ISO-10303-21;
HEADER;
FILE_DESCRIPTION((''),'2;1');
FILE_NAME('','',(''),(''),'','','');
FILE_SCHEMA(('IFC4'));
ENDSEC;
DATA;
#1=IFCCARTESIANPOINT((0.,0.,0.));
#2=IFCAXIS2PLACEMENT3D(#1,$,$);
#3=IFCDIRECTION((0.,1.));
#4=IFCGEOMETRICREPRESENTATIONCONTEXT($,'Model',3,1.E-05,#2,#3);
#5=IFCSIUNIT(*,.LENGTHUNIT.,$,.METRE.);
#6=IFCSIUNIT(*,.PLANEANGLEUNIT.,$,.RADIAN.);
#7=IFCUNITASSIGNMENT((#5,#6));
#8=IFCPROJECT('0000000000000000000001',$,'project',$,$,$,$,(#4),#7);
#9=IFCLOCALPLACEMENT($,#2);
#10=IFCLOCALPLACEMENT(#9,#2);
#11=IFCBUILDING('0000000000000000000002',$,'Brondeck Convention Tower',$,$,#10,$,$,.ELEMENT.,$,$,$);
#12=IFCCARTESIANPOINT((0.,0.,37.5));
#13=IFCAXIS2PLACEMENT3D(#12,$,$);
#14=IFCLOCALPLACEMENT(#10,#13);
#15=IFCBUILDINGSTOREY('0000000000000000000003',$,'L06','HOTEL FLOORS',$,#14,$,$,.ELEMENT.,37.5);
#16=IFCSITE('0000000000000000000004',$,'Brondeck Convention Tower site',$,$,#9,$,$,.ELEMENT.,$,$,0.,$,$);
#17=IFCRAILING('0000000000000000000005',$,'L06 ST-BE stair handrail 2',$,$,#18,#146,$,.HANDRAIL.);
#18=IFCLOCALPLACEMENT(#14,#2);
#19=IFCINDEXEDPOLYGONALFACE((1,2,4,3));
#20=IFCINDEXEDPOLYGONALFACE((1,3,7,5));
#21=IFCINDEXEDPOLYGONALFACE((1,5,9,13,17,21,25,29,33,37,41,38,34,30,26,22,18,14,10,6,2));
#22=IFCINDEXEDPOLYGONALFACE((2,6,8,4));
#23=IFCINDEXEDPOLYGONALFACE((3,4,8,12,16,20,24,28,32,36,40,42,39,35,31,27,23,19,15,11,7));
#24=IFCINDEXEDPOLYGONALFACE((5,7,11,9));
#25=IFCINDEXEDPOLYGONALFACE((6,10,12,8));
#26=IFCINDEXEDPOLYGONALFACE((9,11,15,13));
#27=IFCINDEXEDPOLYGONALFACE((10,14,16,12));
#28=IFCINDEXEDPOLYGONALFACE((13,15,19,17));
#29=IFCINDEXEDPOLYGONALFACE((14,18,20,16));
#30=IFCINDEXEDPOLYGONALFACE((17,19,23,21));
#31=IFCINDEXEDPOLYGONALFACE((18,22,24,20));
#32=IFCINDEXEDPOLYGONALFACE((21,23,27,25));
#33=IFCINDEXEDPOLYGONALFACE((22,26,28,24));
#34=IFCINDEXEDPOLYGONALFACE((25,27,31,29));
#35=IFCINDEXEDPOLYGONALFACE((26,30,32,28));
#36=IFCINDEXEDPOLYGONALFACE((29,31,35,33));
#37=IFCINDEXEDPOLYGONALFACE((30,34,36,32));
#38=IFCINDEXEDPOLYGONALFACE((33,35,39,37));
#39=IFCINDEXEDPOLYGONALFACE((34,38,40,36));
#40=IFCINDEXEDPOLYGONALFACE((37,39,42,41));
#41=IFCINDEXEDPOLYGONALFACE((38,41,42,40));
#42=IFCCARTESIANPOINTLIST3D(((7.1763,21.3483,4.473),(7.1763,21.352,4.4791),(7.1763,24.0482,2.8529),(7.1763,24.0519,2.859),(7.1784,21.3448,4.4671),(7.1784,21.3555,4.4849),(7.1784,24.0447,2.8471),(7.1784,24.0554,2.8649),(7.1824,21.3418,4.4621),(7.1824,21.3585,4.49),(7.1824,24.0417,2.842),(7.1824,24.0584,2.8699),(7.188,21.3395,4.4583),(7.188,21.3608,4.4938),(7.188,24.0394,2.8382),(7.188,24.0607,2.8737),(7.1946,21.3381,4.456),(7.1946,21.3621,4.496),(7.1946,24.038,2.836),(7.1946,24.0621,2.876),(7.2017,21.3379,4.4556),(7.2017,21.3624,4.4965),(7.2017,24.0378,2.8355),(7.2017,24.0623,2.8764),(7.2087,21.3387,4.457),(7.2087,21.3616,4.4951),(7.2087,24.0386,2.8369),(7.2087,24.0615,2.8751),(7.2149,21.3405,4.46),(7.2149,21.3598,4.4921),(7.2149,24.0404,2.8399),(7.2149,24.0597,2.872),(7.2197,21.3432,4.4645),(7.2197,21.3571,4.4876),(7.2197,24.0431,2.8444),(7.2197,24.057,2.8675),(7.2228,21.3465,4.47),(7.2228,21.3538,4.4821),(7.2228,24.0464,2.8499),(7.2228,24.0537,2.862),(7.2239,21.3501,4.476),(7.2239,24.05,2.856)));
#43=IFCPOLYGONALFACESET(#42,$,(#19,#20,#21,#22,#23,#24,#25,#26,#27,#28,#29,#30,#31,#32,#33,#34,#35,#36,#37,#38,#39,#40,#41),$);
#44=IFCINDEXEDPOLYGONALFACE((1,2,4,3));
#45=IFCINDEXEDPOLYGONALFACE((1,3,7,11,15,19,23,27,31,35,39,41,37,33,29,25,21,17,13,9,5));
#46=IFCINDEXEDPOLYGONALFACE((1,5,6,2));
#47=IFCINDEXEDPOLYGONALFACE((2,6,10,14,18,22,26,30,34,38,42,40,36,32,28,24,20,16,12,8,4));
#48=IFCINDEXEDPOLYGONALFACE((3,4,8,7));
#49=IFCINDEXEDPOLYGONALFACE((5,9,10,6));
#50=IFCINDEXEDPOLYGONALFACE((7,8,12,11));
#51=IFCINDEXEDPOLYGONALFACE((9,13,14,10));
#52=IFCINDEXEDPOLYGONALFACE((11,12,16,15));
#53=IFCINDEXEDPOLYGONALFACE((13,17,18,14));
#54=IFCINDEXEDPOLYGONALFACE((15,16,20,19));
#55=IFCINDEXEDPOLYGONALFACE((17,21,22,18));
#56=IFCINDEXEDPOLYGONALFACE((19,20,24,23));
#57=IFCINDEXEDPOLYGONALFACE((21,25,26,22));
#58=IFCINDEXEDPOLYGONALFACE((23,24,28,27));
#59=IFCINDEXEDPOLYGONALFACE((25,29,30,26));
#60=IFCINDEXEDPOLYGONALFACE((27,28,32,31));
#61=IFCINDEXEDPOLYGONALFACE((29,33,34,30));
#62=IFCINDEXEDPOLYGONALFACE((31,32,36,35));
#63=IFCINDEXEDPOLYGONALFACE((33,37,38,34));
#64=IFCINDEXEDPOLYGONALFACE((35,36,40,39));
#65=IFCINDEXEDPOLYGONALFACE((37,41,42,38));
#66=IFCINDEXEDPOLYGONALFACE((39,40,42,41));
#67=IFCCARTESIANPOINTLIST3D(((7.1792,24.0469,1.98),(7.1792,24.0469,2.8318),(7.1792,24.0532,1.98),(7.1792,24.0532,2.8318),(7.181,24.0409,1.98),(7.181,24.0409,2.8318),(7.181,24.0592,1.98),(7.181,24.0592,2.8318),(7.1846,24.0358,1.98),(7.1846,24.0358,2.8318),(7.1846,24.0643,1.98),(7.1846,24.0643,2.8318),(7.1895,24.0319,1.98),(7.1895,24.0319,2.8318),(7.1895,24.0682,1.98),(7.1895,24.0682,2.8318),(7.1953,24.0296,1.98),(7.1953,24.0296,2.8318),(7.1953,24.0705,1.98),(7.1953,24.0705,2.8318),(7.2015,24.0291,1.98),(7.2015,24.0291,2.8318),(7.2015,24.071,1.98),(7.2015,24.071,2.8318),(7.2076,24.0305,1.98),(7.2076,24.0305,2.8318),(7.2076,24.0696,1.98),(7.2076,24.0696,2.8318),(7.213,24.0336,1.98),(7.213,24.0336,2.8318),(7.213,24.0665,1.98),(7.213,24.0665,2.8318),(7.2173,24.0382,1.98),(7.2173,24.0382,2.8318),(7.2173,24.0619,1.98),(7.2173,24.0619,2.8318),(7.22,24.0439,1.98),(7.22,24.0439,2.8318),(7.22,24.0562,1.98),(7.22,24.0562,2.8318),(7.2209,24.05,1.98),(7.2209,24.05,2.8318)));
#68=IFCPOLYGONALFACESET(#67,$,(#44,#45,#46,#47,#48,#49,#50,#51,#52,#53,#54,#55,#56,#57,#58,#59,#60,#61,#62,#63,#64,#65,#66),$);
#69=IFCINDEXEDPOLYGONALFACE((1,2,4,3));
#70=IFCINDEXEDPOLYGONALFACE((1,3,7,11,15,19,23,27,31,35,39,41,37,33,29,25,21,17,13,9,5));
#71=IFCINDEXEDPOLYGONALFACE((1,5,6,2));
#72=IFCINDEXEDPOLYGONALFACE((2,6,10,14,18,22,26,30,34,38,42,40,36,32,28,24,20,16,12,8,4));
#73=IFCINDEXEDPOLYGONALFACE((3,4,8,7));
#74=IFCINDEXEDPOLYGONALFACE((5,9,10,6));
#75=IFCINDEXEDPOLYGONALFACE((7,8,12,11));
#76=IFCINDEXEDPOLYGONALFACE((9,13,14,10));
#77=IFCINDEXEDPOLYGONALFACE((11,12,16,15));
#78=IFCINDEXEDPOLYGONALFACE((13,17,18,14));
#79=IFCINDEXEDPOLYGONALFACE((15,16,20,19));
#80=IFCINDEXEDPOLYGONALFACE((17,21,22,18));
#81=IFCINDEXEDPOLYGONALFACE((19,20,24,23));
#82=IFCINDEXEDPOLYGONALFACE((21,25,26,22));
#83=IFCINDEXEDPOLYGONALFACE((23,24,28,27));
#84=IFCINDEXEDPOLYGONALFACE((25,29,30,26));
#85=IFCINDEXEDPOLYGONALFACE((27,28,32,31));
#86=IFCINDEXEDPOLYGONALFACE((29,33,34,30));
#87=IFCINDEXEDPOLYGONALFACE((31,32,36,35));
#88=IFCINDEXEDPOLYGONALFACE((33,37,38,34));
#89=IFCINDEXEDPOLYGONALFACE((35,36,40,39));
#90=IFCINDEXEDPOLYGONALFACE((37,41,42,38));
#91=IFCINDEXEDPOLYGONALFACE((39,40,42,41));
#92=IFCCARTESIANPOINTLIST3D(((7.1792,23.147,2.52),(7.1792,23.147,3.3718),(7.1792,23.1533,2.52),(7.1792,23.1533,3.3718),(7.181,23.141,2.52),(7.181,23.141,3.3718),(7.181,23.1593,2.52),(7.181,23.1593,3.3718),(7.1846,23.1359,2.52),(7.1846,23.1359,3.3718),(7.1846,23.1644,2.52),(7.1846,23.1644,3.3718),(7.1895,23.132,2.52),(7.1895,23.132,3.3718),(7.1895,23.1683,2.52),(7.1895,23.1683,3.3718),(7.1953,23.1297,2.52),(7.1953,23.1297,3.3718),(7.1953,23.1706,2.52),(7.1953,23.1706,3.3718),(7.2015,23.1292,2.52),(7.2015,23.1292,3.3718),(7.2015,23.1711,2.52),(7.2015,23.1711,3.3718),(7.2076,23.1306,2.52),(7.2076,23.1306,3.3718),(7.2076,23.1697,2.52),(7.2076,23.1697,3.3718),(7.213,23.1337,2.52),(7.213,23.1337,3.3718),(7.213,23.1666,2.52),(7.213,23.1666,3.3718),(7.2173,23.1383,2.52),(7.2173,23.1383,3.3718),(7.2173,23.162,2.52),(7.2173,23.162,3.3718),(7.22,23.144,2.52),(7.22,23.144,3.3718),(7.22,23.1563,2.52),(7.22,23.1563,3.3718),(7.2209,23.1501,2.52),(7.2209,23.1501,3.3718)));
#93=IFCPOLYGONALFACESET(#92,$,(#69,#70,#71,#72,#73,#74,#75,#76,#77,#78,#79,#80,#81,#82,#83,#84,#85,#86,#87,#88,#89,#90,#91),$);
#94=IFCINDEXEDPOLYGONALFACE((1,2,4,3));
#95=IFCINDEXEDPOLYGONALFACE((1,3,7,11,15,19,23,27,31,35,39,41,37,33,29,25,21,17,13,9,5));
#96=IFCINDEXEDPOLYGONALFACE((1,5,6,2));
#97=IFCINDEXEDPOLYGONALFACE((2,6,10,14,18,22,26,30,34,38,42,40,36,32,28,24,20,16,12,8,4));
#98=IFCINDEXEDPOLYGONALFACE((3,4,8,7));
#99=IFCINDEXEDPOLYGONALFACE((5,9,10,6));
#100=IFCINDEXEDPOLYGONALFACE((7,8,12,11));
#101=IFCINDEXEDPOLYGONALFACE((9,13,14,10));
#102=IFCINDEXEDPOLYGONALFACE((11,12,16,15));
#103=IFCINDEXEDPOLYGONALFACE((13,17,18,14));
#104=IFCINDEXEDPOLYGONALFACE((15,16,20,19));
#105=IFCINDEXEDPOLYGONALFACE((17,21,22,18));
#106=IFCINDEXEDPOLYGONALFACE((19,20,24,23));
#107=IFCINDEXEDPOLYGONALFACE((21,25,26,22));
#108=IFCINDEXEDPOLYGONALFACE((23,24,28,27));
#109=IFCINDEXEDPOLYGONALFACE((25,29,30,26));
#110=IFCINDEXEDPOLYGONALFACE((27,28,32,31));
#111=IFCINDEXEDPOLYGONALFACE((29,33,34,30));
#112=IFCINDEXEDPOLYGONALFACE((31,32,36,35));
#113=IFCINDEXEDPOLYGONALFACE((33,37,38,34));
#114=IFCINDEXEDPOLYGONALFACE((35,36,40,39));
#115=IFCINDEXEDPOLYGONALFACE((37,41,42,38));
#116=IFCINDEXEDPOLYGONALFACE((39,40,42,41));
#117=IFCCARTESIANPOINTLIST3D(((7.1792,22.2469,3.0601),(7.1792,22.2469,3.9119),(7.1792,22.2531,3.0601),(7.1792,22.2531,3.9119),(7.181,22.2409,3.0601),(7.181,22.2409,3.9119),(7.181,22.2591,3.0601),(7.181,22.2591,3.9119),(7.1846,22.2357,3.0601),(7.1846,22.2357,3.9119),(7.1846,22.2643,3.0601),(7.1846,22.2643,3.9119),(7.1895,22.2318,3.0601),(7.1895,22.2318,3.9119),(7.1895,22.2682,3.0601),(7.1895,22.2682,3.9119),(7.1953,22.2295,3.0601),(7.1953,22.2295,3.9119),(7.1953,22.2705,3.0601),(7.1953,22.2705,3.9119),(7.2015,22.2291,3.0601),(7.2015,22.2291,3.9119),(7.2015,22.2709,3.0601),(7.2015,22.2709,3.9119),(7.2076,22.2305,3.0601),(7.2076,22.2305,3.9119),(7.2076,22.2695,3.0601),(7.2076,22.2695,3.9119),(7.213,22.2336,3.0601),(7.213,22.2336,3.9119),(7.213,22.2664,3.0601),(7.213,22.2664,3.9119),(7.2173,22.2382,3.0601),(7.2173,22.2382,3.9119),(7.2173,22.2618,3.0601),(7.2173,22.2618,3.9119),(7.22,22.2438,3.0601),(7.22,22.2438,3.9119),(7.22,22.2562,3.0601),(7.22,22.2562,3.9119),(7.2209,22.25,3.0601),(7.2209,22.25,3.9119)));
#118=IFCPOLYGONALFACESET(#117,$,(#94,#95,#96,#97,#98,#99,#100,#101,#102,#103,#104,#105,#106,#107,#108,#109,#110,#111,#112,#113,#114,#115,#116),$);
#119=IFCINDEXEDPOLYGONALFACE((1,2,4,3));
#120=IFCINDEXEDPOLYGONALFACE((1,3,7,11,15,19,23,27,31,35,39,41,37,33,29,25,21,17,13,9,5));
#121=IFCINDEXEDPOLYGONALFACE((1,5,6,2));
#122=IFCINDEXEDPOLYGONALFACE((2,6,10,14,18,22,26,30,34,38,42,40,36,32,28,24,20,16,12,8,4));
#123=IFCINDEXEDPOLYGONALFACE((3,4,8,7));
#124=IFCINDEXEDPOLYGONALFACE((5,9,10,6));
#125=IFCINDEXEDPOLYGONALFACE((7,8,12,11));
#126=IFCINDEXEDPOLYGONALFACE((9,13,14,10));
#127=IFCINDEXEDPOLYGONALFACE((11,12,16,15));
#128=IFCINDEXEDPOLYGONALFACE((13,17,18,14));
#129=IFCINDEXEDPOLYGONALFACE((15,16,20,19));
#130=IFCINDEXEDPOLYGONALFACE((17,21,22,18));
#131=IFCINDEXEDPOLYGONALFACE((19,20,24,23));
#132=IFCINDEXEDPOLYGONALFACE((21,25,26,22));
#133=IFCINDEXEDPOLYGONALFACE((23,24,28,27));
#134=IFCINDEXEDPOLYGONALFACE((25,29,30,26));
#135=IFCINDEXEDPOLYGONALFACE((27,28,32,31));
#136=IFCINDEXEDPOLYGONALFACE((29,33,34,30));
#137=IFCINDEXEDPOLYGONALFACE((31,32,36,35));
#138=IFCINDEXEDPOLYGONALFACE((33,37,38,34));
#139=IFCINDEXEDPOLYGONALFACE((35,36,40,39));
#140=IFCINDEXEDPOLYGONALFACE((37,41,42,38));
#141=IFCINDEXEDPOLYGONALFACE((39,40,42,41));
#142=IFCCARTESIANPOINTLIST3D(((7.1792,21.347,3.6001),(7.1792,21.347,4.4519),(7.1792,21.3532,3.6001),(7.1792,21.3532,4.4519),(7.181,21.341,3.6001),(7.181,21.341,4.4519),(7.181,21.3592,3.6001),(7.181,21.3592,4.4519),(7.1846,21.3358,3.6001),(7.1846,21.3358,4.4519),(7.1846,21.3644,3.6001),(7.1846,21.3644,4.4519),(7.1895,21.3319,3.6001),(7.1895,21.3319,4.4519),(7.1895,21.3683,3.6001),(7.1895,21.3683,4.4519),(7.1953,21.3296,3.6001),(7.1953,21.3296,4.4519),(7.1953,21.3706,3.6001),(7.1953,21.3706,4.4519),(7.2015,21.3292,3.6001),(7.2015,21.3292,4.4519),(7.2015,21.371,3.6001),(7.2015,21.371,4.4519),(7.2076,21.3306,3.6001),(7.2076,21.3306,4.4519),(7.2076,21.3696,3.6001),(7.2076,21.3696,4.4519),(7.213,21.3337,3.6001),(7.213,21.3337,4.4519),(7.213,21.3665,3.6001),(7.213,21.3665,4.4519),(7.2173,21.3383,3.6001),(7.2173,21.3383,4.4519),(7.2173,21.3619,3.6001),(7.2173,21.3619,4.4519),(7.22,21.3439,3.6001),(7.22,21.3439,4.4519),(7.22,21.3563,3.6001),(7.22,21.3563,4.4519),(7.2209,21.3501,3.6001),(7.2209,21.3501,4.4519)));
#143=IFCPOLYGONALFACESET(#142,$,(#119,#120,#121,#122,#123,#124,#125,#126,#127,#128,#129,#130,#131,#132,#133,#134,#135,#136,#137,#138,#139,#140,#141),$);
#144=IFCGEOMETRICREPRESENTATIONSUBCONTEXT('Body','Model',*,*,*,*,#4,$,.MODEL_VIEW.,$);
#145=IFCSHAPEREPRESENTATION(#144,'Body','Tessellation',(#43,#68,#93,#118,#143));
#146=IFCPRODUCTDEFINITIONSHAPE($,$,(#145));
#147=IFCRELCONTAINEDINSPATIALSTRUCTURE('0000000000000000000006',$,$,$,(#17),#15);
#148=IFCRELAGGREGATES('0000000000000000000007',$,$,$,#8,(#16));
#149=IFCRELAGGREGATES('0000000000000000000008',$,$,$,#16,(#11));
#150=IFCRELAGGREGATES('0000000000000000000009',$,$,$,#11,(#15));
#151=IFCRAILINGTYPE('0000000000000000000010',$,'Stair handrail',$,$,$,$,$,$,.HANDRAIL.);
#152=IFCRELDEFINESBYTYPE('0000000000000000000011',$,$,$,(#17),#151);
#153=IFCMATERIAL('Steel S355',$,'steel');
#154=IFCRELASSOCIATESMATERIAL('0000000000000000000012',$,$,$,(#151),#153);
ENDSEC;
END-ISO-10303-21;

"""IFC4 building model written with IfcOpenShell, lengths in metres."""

from ifc_helpers import new_model, si_unit, direction, frame, origin, origin_2d, place, context, subcontext, project, spatial, circle, extrude, material, type_object, element, save


model = new_model("IFC4")

# Units and contexts
model_context = context("Model", 3, precision=1e-05, world=origin(), true_north=direction((0.0, 1.0)))
body_context = subcontext(model_context, "Body", "Model", "MODEL_VIEW")
ifc_project = project(units=[si_unit("LENGTHUNIT", "METRE"), si_unit("PLANEANGLEUNIT", "RADIAN")], contexts=[model_context])

# Site, building, storey
site_placement = place(None, origin())
site = spatial("IfcSite", under=ifc_project, at=site_placement, Name="Brondeck Convention Tower site", CompositionType="ELEMENT", RefElevation=0.0)
building_placement = place(site_placement, origin())
building = spatial("IfcBuilding", under=site, at=building_placement, Name="Brondeck Convention Tower", CompositionType="ELEMENT")
storey_placement = place(building_placement, frame((0.0, 0.0, 37.5)))
storey = spatial("IfcBuildingStorey", under=building, at=storey_placement, Name="L06", Description="HOTEL FLOORS", CompositionType="ELEMENT", Elevation=37.5)

# Railing
ifc_material_1 = material(Name="Steel S355", Category="steel")
railing_type = type_object("IfcRailingType", Name="Stair handrail", PredefinedType="HANDRAIL", material=ifc_material_1)
railing_placement = place(storey_placement, frame((7.2, 24.05, 1.98)))
element("IfcRailing", 1, at=railing_placement, inside=storey, type_object=railing_type, Name="L06 ST-BE stair handrail 2", PredefinedType="HANDRAIL", context=body_context, shape_type="SweptSolid", body=[
    extrude(circle(Radius=0.0239, at=origin_2d()), frame((0.0, 0.0, 0.876), z_axis=(0.0, -0.857472, 0.51453), x_axis=(1.0, 0.0, 0.0)), (0.0, 0.0, 1.0), 3.1487),
    extrude(circle(Radius=0.021, at=origin_2d()), origin(), (0.0, 0.0, 1.0), 0.8518),
    extrude(circle(Radius=0.021, at=origin_2d()), frame((0.0, -0.8999, 0.54)), (0.0, 0.0, 1.0), 0.8518),
    extrude(circle(Radius=0.021, at=origin_2d()), frame((0.0, -1.8, 1.0801)), (0.0, 0.0, 1.0), 0.8518),
    extrude(circle(Radius=0.021, at=origin_2d()), frame((0.0, -2.7, 1.6201)), (0.0, 0.0, 1.0), 0.8518),
])

save(model, "model.ifc")
